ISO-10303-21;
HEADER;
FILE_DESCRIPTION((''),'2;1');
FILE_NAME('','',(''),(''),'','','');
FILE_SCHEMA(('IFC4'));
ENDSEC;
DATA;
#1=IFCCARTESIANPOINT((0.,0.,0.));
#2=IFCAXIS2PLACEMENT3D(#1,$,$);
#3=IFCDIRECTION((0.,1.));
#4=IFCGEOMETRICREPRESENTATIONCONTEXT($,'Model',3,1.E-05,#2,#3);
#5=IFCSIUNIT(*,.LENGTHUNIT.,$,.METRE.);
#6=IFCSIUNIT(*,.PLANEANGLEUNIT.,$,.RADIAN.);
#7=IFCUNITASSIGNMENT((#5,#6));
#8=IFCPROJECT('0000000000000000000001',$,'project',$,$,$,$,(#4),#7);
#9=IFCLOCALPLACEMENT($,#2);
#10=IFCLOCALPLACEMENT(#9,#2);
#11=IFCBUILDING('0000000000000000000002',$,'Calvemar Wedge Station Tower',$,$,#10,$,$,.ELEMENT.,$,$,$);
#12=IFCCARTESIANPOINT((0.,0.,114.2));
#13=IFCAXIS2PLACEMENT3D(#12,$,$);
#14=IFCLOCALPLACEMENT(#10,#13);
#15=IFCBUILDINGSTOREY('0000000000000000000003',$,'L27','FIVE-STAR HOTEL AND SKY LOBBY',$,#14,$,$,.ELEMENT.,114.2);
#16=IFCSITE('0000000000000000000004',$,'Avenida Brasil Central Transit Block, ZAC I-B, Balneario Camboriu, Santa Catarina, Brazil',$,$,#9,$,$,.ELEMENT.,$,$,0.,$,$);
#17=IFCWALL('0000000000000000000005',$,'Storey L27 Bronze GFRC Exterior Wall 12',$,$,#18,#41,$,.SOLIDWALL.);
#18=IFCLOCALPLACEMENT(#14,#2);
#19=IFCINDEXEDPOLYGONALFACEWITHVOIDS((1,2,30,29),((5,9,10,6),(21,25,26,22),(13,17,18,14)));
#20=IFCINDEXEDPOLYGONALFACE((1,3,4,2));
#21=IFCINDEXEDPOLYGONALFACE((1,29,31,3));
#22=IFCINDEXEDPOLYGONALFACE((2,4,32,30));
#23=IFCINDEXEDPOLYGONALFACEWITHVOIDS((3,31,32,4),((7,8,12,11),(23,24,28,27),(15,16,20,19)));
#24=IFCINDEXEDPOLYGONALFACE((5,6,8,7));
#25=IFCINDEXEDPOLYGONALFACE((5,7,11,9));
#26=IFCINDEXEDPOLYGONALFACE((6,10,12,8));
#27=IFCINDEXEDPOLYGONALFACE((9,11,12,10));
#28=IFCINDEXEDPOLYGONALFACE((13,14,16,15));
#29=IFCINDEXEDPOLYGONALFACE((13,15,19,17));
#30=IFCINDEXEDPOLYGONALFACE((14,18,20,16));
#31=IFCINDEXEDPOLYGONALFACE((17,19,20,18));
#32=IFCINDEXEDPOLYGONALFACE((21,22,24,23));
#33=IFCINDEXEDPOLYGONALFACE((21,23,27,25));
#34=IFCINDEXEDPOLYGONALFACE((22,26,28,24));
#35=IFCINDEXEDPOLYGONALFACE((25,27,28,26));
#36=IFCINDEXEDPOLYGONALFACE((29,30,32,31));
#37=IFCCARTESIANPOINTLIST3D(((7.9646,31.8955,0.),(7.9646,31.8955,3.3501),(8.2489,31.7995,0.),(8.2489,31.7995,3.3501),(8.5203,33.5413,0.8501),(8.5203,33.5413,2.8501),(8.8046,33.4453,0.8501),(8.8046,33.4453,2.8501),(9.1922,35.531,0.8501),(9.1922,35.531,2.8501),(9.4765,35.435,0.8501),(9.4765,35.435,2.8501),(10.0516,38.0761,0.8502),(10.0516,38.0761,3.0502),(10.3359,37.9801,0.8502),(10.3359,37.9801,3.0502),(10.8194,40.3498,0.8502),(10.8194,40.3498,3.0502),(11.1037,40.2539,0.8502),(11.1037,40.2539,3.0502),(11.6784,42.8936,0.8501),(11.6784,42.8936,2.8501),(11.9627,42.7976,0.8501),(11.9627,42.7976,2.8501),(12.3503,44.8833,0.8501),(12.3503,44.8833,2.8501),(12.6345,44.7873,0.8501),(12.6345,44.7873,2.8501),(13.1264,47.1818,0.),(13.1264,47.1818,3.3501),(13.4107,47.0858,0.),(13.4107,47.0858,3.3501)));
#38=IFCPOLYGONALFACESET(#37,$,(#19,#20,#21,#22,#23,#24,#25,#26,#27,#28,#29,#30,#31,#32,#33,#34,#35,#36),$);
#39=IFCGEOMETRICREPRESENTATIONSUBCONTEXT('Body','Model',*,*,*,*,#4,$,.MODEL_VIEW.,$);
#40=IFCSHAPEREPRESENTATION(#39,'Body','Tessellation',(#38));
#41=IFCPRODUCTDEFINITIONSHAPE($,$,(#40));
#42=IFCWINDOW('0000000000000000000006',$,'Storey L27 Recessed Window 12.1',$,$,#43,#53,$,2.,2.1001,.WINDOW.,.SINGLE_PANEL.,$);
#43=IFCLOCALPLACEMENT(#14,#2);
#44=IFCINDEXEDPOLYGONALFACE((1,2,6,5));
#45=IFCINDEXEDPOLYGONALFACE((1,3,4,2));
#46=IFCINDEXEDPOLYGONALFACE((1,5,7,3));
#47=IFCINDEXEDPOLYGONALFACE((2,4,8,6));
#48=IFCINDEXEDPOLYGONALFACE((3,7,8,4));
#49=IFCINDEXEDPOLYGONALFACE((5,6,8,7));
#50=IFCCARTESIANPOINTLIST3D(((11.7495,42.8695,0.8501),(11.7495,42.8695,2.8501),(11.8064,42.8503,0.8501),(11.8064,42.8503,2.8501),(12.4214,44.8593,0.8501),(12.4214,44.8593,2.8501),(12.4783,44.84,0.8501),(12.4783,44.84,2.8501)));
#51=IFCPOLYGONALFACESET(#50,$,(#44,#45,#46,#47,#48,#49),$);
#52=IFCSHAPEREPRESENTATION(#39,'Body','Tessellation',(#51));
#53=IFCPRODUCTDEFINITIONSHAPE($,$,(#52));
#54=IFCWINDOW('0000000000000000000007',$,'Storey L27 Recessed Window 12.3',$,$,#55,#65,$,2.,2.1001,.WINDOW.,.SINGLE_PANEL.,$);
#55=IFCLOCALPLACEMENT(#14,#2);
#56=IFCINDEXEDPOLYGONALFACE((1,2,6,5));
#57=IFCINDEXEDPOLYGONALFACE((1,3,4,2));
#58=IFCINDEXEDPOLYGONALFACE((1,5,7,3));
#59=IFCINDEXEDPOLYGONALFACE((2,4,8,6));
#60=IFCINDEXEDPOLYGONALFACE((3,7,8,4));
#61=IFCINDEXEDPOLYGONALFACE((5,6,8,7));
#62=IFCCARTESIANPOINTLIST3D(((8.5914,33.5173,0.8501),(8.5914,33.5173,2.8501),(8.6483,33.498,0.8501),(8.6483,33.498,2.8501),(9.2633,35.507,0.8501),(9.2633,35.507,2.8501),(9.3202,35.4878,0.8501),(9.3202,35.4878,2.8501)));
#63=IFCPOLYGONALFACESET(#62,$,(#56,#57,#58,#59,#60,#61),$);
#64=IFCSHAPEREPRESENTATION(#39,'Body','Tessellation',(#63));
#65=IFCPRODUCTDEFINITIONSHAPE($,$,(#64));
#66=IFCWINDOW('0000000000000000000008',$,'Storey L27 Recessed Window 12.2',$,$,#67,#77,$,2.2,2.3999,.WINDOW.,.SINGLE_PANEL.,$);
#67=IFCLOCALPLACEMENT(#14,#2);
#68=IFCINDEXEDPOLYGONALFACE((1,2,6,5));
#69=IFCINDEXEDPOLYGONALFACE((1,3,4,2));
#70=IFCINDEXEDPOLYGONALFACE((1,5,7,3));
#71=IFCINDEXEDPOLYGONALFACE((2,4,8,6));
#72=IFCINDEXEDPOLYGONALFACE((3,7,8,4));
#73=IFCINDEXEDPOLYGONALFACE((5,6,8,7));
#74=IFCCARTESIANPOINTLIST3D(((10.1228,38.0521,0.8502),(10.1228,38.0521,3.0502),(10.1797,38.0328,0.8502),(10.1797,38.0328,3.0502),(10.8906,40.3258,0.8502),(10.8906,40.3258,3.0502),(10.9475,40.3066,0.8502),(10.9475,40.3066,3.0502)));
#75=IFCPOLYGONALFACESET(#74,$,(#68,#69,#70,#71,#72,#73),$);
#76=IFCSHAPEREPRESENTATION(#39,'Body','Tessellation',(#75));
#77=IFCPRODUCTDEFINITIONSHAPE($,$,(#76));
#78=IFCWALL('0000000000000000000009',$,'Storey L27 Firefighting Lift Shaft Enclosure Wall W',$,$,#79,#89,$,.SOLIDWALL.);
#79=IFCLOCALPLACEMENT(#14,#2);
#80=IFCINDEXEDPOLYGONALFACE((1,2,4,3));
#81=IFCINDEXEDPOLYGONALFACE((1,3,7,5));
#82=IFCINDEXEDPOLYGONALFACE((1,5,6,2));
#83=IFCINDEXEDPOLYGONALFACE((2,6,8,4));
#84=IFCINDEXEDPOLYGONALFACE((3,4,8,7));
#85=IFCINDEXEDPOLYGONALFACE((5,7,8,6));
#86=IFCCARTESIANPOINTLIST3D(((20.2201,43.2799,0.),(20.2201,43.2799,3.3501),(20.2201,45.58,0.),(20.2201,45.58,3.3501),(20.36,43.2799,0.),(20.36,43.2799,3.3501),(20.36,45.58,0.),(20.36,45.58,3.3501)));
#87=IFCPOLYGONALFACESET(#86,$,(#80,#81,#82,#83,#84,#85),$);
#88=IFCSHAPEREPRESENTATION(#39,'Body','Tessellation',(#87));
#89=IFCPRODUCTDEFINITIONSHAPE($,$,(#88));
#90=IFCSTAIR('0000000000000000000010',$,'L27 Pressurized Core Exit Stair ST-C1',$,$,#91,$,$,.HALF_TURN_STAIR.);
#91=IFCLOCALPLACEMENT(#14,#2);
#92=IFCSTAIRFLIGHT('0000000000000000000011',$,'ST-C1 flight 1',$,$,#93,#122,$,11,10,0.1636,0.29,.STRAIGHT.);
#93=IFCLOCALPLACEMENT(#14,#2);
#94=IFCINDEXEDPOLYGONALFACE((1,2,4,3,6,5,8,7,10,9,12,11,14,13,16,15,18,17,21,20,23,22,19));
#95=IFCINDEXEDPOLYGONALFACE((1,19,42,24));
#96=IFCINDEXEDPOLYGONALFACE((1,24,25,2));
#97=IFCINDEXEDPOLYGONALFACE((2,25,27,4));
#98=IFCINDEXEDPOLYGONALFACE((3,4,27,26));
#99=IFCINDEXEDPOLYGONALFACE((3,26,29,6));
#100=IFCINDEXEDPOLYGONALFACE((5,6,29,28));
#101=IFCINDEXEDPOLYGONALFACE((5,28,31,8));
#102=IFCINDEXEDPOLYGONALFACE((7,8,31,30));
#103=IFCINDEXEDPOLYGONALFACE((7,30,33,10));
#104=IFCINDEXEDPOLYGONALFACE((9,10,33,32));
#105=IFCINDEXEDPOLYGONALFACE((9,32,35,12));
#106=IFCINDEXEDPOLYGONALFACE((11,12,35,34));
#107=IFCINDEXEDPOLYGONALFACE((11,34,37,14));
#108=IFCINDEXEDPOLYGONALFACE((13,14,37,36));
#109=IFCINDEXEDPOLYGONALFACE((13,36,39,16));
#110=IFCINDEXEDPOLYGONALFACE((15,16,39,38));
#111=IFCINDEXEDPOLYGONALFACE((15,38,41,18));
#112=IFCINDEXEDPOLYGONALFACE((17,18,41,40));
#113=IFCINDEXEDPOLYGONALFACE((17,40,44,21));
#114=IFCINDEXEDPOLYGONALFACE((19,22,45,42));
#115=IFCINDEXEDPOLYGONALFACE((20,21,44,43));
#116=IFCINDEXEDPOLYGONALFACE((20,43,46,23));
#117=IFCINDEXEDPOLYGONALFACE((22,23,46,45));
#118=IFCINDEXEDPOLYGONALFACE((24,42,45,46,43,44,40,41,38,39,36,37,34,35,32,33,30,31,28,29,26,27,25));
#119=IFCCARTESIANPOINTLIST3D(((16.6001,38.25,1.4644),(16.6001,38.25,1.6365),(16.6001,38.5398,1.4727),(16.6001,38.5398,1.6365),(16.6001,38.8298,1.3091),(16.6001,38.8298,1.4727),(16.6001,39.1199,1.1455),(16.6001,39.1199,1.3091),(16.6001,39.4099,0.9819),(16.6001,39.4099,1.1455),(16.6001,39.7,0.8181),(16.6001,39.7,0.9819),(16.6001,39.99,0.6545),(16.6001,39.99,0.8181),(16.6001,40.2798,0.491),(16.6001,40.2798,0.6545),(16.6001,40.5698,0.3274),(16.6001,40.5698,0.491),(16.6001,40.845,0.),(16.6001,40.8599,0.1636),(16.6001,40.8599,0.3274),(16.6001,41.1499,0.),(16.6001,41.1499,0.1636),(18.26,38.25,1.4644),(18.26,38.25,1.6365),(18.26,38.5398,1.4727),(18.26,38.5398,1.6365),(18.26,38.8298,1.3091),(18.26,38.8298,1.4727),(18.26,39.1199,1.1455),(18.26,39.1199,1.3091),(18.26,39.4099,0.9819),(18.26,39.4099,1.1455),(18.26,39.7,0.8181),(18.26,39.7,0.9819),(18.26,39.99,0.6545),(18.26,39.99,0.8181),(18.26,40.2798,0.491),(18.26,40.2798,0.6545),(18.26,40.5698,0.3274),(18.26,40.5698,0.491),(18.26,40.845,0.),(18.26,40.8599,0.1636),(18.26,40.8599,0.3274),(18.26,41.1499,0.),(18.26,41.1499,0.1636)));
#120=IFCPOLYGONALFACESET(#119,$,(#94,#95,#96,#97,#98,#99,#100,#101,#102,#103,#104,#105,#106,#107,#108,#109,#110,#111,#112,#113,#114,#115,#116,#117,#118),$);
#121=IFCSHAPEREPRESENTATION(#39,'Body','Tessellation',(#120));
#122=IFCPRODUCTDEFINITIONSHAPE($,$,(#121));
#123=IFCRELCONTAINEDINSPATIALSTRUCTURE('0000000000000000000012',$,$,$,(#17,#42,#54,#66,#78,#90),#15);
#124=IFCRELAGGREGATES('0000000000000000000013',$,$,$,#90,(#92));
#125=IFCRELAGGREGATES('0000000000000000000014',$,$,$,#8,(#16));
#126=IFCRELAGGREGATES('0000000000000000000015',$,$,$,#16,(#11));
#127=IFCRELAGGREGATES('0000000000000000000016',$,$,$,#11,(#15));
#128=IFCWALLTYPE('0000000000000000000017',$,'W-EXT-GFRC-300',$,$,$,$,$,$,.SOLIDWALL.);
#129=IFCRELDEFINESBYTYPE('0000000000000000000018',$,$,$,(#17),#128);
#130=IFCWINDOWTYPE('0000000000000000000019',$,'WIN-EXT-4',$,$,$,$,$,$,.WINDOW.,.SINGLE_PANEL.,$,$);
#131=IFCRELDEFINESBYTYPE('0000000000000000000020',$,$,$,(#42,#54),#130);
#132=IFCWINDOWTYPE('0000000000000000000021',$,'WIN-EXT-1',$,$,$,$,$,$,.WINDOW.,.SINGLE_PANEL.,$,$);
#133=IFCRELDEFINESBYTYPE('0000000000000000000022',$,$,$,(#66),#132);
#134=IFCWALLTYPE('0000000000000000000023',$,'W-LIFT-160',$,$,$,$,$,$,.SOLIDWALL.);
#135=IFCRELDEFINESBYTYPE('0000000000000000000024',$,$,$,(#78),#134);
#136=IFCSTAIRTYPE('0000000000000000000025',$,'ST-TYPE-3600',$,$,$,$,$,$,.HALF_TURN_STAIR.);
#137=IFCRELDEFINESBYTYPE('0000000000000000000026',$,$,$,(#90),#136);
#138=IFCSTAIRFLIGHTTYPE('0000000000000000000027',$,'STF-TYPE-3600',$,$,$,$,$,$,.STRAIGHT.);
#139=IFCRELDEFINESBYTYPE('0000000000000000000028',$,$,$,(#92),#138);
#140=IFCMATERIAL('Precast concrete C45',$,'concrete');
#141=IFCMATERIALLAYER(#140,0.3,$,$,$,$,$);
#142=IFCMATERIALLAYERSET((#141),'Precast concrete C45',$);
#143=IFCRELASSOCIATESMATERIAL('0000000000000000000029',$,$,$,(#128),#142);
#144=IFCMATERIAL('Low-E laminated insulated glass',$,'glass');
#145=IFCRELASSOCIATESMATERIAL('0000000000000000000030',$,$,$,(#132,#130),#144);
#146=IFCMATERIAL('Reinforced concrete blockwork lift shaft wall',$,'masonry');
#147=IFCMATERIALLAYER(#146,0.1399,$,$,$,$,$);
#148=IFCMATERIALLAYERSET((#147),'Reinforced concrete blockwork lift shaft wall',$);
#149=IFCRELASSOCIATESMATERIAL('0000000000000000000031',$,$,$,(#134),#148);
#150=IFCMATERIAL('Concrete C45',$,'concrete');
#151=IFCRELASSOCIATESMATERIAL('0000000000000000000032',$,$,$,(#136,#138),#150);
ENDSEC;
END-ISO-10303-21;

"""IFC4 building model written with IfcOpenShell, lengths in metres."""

from ifc_helpers import new_model, si_unit, direction, frame, frame_2d, origin, place, context, subcontext, project, spatial, polyline, rectangle, outline, extrude, source, transform, mapped, material, layer, layer_set, type_object, element, fill, aggregate, save


model = new_model("IFC4")

# Units and contexts
model_context = context("Model", 3, precision=1e-05, world=origin(), true_north=direction((0.0, 1.0)))
body_context = subcontext(model_context, "Body", "Model", "MODEL_VIEW")
ifc_project = project(units=[si_unit("LENGTHUNIT", "METRE"), si_unit("PLANEANGLEUNIT", "RADIAN")], contexts=[model_context])

# Site, building, storey
site_placement = place(None, origin())
site = spatial("IfcSite", under=ifc_project, at=site_placement, Name="Avenida Brasil Central Transit Block, ZAC I-B, Balneario Camboriu, Santa Catarina, Brazil", CompositionType="ELEMENT", RefElevation=0.0)
building_placement = place(site_placement, origin())
building = spatial("IfcBuilding", under=site, at=building_placement, Name="Calvemar Wedge Station Tower", CompositionType="ELEMENT")
storey_placement = place(building_placement, frame((0.0, 0.0, 114.2)))
storey = spatial("IfcBuildingStorey", under=building, at=storey_placement, Name="L27", Description="FIVE-STAR HOTEL AND SKY LOBBY", CompositionType="ELEMENT", Elevation=114.2)

# Wall, openings, windows
ifc_material_1 = material(Name="Precast concrete C45", Category="concrete")
ifc_layer_1 = layer(ifc_material_1, 0.3)
ifc_layer_set_1 = layer_set([ifc_layer_1], Name="Precast concrete C45")
wall_type_1 = type_object("IfcWallType", Name="W-EXT-GFRC-300", PredefinedType="SOLIDWALL", material=ifc_layer_set_1)
shared_shape_1 = source(origin(), body_context, "Body", "SweptSolid", [
    extrude(rectangle(XDim=2.3999, YDim=2.2, at=frame_2d((1.2, 1.1001))), frame((0.0, 0.1602, 0.0), z_axis=(0.0, -1.0, 0.0), x_axis=(1.0, 0.0, 0.0)), (0.0, 0.0, 1.0), 0.3201),
])
ifc_material_2 = material(Name="Low-E laminated insulated glass", Category="glass")
window_type_1 = type_object("IfcWindowType", Name="WIN-EXT-1", PartitioningType="SINGLE_PANEL", PredefinedType="WINDOW", material=ifc_material_2)
shared_shape_2 = source(origin(), body_context, "Body", "SweptSolid", [
    extrude(rectangle(XDim=2.3999, YDim=2.2, at=frame_2d((1.2, 1.1001))), frame((0.0, -0.0149, 0.0), z_axis=(0.0, -1.0, 0.0), x_axis=(1.0, 0.0, 0.0)), (0.0, 0.0, 1.0), 0.0601),
])
wall_1_placement = place(storey_placement, frame((13.2686, 47.1338, 0.0), z_axis=(0.0, 0.0, 1.0), x_axis=(-0.31993, -0.947441, 0.0)))
wall_1 = element("IfcWall", 1, at=wall_1_placement, inside=storey, type_object=wall_type_1, Name="Storey L27 Bronze GFRC Exterior Wall 12", PredefinedType="SOLIDWALL", context=body_context, shape_type="SweptSolid", body=[
    extrude(rectangle(XDim=16.1343, YDim=0.3, at=frame_2d((8.0671, 0.0))), origin(), (0.0, 0.0, 1.0), 3.3501),
])
shared_shape_3 = source(origin(), body_context, "Body", "SweptSolid", [
    extrude(rectangle(XDim=2.1001, YDim=2.0, at=frame_2d((1.05, 1.0))), frame((0.0, 0.1602, 0.0), z_axis=(0.0, -1.0, 0.0), x_axis=(1.0, 0.0, 0.0)), (0.0, 0.0, 1.0), 0.3201),
])
opening_1_placement = place(wall_1_placement, frame((2.426, 0.0, 0.8501)))
opening_1 = element("IfcOpeningElement", 2, at=opening_1_placement, cuts=wall_1, PredefinedType="OPENING", context=body_context, shape_type="MappedRepresentation", body=[
    mapped(shared_shape_3, transform((0.0, 0.0, 0.0), scale=1.0)),
])
opening_2_placement = place(wall_1_placement, frame((7.2109, 0.0, 0.8501)))
opening_2 = element("IfcOpeningElement", 3, at=opening_2_placement, cuts=wall_1, PredefinedType="OPENING", context=body_context, shape_type="MappedRepresentation", body=[
    mapped(shared_shape_1, transform((0.0, 0.0, 0.0), scale=1.0)),
])
opening_3_placement = place(wall_1_placement, frame((12.2971, 0.0, 0.8501)))
opening_3 = element("IfcOpeningElement", 4, at=opening_3_placement, cuts=wall_1, PredefinedType="OPENING", context=body_context, shape_type="MappedRepresentation", body=[
    mapped(shared_shape_3, transform((0.0, 0.0, 0.0), scale=1.0)),
])
window_type_2 = type_object("IfcWindowType", Name="WIN-EXT-4", PartitioningType="SINGLE_PANEL", PredefinedType="WINDOW", material=ifc_material_2)
shared_shape_4 = source(origin(), body_context, "Body", "SweptSolid", [
    extrude(rectangle(XDim=2.1001, YDim=2.0, at=frame_2d((1.05, 1.0))), frame((0.0, -0.0149, 0.0), z_axis=(0.0, -1.0, 0.0), x_axis=(1.0, 0.0, 0.0)), (0.0, 0.0, 1.0), 0.0601),
])
window_1_placement = place(opening_1_placement, origin())
window_1 = element("IfcWindow", 5, at=window_1_placement, inside=storey, type_object=window_type_2, Name="Storey L27 Recessed Window 12.1", OverallHeight=2.0, OverallWidth=2.1001, PartitioningType="SINGLE_PANEL", PredefinedType="WINDOW", context=body_context, shape_type="MappedRepresentation", body=[
    mapped(shared_shape_4, transform((0.0, 0.0, 0.0), scale=1.0)),
])
fill(opening_1, window_1)
window_2_placement = place(opening_3_placement, origin())
window_2 = element("IfcWindow", 6, at=window_2_placement, inside=storey, type_object=window_type_2, Name="Storey L27 Recessed Window 12.3", OverallHeight=2.0, OverallWidth=2.1001, PartitioningType="SINGLE_PANEL", PredefinedType="WINDOW", context=body_context, shape_type="MappedRepresentation", body=[
    mapped(shared_shape_4, transform((0.0, 0.0, 0.0), scale=1.0)),
])
fill(opening_3, window_2)
window_3_placement = place(opening_2_placement, origin())
window_3 = element("IfcWindow", 7, at=window_3_placement, inside=storey, type_object=window_type_1, Name="Storey L27 Recessed Window 12.2", OverallHeight=2.2, OverallWidth=2.3999, PartitioningType="SINGLE_PANEL", PredefinedType="WINDOW", context=body_context, shape_type="MappedRepresentation", body=[
    mapped(shared_shape_2, transform((0.0, 0.0, 0.0), scale=1.0)),
])
fill(opening_2, window_3)

# Shared definitions
ifc_material_3 = material(Name="Reinforced concrete blockwork lift shaft wall", Category="masonry")
ifc_layer_2 = layer(ifc_material_3, 0.1399)
ifc_layer_set_2 = layer_set([ifc_layer_2], Name="Reinforced concrete blockwork lift shaft wall")
wall_type_2 = type_object("IfcWallType", Name="W-LIFT-160", PredefinedType="SOLIDWALL", material=ifc_layer_set_2)

# Wall
wall_2_placement = place(storey_placement, frame((20.29, 43.28, 0.0), z_axis=(0.0, 0.0, 1.0), x_axis=(0.0, 1.0, 0.0)))
element("IfcWall", 8, at=wall_2_placement, inside=storey, type_object=wall_type_2, Name="Storey L27 Firefighting Lift Shaft Enclosure Wall W", PredefinedType="SOLIDWALL", context=body_context, shape_type="SweptSolid", body=[
    extrude(rectangle(XDim=2.3, YDim=0.1399, at=frame_2d((1.1499, 0.0))), origin(), (0.0, 0.0, 1.0), 3.3501),
])

# Stair, stair flight
ifc_material_4 = material(Name="Concrete C45", Category="concrete")
stair_type = type_object("IfcStairType", Name="ST-TYPE-3600", PredefinedType="HALF_TURN_STAIR", material=ifc_material_4)
stair_placement = place(storey_placement, origin())
stair = element("IfcStair", 9, at=stair_placement, inside=storey, type_object=stair_type, Name="L27 Pressurized Core Exit Stair ST-C1", PredefinedType="HALF_TURN_STAIR")
stair_flight_type = type_object("IfcStairFlightType", Name="STF-TYPE-3600", PredefinedType="STRAIGHT", material=ifc_material_4)
stair_flight_placement = place(storey_placement, frame((17.4299, 41.1499, 0.0), z_axis=(0.0, 0.0, 1.0), x_axis=(0.0, -1.0, 0.0)))
stair_flight = element("IfcStairFlight", 10, at=stair_flight_placement, type_object=stair_flight_type, Name="ST-C1 flight 1", NumberOfRisers=11, NumberOfTreads=10, PredefinedType="STRAIGHT", RiserHeight=0.1636, TreadLength=0.29, context=body_context, shape_type="SweptSolid", body=[
    extrude(outline(polyline([(0.0, 0.0), (0.0, 0.1636), (0.29, 0.1636), (0.29, 0.3274), (0.5801, 0.3274), (0.5801, 0.491), (0.8701, 0.491), (0.8701, 0.6545), (1.1599, 0.6545), (1.1599, 0.8181), (1.45, 0.8181), (1.45, 0.9819), (1.74, 0.9819), (1.74, 1.1455), (2.03, 1.1455), (2.03, 1.3091), (2.3201, 1.3091), (2.3201, 1.4727), (2.6101, 1.4727), (2.6101, 1.6365), (2.8999, 1.6365), (2.8999, 1.8), (2.8999, 1.4644), (0.3049, 0.0), (0.0, 0.0)])), frame((0.0, 0.8301, 0.0), z_axis=(0.0, -1.0, 0.0), x_axis=(1.0, 0.0, 0.0)), (0.0, 0.0, 1.0), 1.6599),
])
aggregate(stair, [stair_flight])

save(model, "model.ifc")
